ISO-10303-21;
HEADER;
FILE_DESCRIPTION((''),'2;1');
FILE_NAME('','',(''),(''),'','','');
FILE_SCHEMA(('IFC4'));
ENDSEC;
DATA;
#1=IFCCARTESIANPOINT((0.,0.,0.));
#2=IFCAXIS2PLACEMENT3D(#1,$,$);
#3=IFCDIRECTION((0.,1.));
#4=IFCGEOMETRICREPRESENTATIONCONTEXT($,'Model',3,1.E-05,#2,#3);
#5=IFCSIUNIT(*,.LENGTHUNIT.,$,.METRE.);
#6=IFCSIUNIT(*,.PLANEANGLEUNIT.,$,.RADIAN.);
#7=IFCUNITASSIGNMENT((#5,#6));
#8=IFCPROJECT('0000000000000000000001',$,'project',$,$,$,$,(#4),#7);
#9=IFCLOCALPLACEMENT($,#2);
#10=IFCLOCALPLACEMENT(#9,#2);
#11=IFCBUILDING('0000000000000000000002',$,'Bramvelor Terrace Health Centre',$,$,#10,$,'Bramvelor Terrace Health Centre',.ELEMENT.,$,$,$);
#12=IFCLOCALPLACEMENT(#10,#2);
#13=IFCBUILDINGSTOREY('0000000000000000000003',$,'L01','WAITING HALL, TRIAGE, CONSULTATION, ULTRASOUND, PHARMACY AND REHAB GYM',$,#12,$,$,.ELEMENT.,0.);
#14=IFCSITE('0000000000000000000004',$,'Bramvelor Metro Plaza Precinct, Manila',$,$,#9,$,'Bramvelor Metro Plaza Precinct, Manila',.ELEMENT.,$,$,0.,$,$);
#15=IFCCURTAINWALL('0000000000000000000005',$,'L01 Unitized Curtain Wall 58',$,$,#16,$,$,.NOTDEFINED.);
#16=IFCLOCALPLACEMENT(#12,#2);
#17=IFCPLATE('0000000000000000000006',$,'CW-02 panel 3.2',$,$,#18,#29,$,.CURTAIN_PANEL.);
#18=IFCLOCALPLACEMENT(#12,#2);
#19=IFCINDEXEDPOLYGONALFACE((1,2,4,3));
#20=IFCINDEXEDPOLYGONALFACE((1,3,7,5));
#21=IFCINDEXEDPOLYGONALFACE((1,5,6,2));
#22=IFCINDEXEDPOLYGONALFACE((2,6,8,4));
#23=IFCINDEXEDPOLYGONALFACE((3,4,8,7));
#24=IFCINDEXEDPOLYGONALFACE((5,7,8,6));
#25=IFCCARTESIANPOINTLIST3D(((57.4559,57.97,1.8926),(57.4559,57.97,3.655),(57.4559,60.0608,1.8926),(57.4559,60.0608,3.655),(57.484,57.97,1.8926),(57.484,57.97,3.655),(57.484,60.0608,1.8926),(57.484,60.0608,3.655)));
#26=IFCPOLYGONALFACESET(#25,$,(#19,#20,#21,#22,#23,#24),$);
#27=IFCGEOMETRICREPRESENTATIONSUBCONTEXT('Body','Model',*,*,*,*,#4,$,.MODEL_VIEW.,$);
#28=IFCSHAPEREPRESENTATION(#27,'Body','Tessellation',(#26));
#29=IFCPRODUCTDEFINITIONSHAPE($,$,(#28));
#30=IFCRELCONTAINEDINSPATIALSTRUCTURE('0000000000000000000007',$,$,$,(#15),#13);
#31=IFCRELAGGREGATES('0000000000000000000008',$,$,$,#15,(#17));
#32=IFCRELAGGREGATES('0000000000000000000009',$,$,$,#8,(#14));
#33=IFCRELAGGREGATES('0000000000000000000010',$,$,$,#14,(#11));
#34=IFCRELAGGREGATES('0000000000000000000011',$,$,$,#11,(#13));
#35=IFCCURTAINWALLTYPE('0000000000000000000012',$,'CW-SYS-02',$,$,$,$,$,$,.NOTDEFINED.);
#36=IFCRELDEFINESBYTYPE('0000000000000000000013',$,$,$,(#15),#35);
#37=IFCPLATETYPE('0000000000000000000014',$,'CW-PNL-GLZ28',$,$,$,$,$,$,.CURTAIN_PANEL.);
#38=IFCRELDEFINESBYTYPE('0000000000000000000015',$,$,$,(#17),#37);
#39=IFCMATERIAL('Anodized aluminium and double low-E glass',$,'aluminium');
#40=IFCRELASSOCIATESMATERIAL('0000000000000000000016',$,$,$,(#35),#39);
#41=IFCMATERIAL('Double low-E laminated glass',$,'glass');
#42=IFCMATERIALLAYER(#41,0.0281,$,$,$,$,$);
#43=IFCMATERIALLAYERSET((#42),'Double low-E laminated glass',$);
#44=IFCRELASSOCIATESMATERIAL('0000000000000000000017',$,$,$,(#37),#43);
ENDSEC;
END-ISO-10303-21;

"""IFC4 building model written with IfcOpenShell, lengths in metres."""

from ifc_helpers import new_model, si_unit, direction, frame, origin, origin_2d, place, context, subcontext, project, spatial, rectangle, extrude, material, layer, layer_set, type_object, element, aggregate, save


model = new_model("IFC4")

# Units and contexts
model_context = context("Model", 3, precision=1e-05, world=origin(), true_north=direction((0.0, 1.0)))
body_context = subcontext(model_context, "Body", "Model", "MODEL_VIEW")
ifc_project = project(units=[si_unit("LENGTHUNIT", "METRE"), si_unit("PLANEANGLEUNIT", "RADIAN")], contexts=[model_context])

# Site, building, storey
site_placement = place(None, origin())
site = spatial("IfcSite", under=ifc_project, at=site_placement, Name="Bramvelor Metro Plaza Precinct, Manila", LongName="Bramvelor Metro Plaza Precinct, Manila", CompositionType="ELEMENT", RefElevation=0.0)
building_placement = place(site_placement, origin())
building = spatial("IfcBuilding", under=site, at=building_placement, Name="Bramvelor Terrace Health Centre", LongName="Bramvelor Terrace Health Centre", CompositionType="ELEMENT")
storey_placement = place(building_placement, origin())
storey = spatial("IfcBuildingStorey", under=building, at=storey_placement, Name="L01", Description="WAITING HALL, TRIAGE, CONSULTATION, ULTRASOUND, PHARMACY AND REHAB GYM", CompositionType="ELEMENT", Elevation=0.0)

# Curtain wall, plate
ifc_material_1 = material(Name="Anodized aluminium and double low-E glass", Category="aluminium")
curtain_wall_type = type_object("IfcCurtainWallType", Name="CW-SYS-02", PredefinedType="NOTDEFINED", material=ifc_material_1)
curtain_wall_placement = place(storey_placement, origin())
curtain_wall = element("IfcCurtainWall", 1, at=curtain_wall_placement, inside=storey, type_object=curtain_wall_type, Name="L01 Unitized Curtain Wall 58", PredefinedType="NOTDEFINED")
ifc_material_2 = material(Name="Double low-E laminated glass", Category="glass")
ifc_layer = layer(ifc_material_2, 0.0281)
ifc_layer_set = layer_set([ifc_layer], Name="Double low-E laminated glass")
plate_type = type_object("IfcPlateType", Name="CW-PNL-GLZ28", PredefinedType="CURTAIN_PANEL", material=ifc_layer_set)
plate_1_placement = place(storey_placement, frame((57.47, 59.0154, 1.8926), z_axis=(0.0, 0.0, 1.0), x_axis=(0.0, -1.0, 0.0)))
plate_1 = element("IfcPlate", 2, at=plate_1_placement, type_object=plate_type, Name="CW-02 panel 3.2", PredefinedType="CURTAIN_PANEL", context=body_context, shape_type="SweptSolid", body=[
    extrude(rectangle(XDim=2.0908, YDim=0.0281, at=origin_2d()), origin(), (0.0, 0.0, 1.0), 1.7625),
])
aggregate(curtain_wall, [plate_1])

save(model, "model.ifc")
